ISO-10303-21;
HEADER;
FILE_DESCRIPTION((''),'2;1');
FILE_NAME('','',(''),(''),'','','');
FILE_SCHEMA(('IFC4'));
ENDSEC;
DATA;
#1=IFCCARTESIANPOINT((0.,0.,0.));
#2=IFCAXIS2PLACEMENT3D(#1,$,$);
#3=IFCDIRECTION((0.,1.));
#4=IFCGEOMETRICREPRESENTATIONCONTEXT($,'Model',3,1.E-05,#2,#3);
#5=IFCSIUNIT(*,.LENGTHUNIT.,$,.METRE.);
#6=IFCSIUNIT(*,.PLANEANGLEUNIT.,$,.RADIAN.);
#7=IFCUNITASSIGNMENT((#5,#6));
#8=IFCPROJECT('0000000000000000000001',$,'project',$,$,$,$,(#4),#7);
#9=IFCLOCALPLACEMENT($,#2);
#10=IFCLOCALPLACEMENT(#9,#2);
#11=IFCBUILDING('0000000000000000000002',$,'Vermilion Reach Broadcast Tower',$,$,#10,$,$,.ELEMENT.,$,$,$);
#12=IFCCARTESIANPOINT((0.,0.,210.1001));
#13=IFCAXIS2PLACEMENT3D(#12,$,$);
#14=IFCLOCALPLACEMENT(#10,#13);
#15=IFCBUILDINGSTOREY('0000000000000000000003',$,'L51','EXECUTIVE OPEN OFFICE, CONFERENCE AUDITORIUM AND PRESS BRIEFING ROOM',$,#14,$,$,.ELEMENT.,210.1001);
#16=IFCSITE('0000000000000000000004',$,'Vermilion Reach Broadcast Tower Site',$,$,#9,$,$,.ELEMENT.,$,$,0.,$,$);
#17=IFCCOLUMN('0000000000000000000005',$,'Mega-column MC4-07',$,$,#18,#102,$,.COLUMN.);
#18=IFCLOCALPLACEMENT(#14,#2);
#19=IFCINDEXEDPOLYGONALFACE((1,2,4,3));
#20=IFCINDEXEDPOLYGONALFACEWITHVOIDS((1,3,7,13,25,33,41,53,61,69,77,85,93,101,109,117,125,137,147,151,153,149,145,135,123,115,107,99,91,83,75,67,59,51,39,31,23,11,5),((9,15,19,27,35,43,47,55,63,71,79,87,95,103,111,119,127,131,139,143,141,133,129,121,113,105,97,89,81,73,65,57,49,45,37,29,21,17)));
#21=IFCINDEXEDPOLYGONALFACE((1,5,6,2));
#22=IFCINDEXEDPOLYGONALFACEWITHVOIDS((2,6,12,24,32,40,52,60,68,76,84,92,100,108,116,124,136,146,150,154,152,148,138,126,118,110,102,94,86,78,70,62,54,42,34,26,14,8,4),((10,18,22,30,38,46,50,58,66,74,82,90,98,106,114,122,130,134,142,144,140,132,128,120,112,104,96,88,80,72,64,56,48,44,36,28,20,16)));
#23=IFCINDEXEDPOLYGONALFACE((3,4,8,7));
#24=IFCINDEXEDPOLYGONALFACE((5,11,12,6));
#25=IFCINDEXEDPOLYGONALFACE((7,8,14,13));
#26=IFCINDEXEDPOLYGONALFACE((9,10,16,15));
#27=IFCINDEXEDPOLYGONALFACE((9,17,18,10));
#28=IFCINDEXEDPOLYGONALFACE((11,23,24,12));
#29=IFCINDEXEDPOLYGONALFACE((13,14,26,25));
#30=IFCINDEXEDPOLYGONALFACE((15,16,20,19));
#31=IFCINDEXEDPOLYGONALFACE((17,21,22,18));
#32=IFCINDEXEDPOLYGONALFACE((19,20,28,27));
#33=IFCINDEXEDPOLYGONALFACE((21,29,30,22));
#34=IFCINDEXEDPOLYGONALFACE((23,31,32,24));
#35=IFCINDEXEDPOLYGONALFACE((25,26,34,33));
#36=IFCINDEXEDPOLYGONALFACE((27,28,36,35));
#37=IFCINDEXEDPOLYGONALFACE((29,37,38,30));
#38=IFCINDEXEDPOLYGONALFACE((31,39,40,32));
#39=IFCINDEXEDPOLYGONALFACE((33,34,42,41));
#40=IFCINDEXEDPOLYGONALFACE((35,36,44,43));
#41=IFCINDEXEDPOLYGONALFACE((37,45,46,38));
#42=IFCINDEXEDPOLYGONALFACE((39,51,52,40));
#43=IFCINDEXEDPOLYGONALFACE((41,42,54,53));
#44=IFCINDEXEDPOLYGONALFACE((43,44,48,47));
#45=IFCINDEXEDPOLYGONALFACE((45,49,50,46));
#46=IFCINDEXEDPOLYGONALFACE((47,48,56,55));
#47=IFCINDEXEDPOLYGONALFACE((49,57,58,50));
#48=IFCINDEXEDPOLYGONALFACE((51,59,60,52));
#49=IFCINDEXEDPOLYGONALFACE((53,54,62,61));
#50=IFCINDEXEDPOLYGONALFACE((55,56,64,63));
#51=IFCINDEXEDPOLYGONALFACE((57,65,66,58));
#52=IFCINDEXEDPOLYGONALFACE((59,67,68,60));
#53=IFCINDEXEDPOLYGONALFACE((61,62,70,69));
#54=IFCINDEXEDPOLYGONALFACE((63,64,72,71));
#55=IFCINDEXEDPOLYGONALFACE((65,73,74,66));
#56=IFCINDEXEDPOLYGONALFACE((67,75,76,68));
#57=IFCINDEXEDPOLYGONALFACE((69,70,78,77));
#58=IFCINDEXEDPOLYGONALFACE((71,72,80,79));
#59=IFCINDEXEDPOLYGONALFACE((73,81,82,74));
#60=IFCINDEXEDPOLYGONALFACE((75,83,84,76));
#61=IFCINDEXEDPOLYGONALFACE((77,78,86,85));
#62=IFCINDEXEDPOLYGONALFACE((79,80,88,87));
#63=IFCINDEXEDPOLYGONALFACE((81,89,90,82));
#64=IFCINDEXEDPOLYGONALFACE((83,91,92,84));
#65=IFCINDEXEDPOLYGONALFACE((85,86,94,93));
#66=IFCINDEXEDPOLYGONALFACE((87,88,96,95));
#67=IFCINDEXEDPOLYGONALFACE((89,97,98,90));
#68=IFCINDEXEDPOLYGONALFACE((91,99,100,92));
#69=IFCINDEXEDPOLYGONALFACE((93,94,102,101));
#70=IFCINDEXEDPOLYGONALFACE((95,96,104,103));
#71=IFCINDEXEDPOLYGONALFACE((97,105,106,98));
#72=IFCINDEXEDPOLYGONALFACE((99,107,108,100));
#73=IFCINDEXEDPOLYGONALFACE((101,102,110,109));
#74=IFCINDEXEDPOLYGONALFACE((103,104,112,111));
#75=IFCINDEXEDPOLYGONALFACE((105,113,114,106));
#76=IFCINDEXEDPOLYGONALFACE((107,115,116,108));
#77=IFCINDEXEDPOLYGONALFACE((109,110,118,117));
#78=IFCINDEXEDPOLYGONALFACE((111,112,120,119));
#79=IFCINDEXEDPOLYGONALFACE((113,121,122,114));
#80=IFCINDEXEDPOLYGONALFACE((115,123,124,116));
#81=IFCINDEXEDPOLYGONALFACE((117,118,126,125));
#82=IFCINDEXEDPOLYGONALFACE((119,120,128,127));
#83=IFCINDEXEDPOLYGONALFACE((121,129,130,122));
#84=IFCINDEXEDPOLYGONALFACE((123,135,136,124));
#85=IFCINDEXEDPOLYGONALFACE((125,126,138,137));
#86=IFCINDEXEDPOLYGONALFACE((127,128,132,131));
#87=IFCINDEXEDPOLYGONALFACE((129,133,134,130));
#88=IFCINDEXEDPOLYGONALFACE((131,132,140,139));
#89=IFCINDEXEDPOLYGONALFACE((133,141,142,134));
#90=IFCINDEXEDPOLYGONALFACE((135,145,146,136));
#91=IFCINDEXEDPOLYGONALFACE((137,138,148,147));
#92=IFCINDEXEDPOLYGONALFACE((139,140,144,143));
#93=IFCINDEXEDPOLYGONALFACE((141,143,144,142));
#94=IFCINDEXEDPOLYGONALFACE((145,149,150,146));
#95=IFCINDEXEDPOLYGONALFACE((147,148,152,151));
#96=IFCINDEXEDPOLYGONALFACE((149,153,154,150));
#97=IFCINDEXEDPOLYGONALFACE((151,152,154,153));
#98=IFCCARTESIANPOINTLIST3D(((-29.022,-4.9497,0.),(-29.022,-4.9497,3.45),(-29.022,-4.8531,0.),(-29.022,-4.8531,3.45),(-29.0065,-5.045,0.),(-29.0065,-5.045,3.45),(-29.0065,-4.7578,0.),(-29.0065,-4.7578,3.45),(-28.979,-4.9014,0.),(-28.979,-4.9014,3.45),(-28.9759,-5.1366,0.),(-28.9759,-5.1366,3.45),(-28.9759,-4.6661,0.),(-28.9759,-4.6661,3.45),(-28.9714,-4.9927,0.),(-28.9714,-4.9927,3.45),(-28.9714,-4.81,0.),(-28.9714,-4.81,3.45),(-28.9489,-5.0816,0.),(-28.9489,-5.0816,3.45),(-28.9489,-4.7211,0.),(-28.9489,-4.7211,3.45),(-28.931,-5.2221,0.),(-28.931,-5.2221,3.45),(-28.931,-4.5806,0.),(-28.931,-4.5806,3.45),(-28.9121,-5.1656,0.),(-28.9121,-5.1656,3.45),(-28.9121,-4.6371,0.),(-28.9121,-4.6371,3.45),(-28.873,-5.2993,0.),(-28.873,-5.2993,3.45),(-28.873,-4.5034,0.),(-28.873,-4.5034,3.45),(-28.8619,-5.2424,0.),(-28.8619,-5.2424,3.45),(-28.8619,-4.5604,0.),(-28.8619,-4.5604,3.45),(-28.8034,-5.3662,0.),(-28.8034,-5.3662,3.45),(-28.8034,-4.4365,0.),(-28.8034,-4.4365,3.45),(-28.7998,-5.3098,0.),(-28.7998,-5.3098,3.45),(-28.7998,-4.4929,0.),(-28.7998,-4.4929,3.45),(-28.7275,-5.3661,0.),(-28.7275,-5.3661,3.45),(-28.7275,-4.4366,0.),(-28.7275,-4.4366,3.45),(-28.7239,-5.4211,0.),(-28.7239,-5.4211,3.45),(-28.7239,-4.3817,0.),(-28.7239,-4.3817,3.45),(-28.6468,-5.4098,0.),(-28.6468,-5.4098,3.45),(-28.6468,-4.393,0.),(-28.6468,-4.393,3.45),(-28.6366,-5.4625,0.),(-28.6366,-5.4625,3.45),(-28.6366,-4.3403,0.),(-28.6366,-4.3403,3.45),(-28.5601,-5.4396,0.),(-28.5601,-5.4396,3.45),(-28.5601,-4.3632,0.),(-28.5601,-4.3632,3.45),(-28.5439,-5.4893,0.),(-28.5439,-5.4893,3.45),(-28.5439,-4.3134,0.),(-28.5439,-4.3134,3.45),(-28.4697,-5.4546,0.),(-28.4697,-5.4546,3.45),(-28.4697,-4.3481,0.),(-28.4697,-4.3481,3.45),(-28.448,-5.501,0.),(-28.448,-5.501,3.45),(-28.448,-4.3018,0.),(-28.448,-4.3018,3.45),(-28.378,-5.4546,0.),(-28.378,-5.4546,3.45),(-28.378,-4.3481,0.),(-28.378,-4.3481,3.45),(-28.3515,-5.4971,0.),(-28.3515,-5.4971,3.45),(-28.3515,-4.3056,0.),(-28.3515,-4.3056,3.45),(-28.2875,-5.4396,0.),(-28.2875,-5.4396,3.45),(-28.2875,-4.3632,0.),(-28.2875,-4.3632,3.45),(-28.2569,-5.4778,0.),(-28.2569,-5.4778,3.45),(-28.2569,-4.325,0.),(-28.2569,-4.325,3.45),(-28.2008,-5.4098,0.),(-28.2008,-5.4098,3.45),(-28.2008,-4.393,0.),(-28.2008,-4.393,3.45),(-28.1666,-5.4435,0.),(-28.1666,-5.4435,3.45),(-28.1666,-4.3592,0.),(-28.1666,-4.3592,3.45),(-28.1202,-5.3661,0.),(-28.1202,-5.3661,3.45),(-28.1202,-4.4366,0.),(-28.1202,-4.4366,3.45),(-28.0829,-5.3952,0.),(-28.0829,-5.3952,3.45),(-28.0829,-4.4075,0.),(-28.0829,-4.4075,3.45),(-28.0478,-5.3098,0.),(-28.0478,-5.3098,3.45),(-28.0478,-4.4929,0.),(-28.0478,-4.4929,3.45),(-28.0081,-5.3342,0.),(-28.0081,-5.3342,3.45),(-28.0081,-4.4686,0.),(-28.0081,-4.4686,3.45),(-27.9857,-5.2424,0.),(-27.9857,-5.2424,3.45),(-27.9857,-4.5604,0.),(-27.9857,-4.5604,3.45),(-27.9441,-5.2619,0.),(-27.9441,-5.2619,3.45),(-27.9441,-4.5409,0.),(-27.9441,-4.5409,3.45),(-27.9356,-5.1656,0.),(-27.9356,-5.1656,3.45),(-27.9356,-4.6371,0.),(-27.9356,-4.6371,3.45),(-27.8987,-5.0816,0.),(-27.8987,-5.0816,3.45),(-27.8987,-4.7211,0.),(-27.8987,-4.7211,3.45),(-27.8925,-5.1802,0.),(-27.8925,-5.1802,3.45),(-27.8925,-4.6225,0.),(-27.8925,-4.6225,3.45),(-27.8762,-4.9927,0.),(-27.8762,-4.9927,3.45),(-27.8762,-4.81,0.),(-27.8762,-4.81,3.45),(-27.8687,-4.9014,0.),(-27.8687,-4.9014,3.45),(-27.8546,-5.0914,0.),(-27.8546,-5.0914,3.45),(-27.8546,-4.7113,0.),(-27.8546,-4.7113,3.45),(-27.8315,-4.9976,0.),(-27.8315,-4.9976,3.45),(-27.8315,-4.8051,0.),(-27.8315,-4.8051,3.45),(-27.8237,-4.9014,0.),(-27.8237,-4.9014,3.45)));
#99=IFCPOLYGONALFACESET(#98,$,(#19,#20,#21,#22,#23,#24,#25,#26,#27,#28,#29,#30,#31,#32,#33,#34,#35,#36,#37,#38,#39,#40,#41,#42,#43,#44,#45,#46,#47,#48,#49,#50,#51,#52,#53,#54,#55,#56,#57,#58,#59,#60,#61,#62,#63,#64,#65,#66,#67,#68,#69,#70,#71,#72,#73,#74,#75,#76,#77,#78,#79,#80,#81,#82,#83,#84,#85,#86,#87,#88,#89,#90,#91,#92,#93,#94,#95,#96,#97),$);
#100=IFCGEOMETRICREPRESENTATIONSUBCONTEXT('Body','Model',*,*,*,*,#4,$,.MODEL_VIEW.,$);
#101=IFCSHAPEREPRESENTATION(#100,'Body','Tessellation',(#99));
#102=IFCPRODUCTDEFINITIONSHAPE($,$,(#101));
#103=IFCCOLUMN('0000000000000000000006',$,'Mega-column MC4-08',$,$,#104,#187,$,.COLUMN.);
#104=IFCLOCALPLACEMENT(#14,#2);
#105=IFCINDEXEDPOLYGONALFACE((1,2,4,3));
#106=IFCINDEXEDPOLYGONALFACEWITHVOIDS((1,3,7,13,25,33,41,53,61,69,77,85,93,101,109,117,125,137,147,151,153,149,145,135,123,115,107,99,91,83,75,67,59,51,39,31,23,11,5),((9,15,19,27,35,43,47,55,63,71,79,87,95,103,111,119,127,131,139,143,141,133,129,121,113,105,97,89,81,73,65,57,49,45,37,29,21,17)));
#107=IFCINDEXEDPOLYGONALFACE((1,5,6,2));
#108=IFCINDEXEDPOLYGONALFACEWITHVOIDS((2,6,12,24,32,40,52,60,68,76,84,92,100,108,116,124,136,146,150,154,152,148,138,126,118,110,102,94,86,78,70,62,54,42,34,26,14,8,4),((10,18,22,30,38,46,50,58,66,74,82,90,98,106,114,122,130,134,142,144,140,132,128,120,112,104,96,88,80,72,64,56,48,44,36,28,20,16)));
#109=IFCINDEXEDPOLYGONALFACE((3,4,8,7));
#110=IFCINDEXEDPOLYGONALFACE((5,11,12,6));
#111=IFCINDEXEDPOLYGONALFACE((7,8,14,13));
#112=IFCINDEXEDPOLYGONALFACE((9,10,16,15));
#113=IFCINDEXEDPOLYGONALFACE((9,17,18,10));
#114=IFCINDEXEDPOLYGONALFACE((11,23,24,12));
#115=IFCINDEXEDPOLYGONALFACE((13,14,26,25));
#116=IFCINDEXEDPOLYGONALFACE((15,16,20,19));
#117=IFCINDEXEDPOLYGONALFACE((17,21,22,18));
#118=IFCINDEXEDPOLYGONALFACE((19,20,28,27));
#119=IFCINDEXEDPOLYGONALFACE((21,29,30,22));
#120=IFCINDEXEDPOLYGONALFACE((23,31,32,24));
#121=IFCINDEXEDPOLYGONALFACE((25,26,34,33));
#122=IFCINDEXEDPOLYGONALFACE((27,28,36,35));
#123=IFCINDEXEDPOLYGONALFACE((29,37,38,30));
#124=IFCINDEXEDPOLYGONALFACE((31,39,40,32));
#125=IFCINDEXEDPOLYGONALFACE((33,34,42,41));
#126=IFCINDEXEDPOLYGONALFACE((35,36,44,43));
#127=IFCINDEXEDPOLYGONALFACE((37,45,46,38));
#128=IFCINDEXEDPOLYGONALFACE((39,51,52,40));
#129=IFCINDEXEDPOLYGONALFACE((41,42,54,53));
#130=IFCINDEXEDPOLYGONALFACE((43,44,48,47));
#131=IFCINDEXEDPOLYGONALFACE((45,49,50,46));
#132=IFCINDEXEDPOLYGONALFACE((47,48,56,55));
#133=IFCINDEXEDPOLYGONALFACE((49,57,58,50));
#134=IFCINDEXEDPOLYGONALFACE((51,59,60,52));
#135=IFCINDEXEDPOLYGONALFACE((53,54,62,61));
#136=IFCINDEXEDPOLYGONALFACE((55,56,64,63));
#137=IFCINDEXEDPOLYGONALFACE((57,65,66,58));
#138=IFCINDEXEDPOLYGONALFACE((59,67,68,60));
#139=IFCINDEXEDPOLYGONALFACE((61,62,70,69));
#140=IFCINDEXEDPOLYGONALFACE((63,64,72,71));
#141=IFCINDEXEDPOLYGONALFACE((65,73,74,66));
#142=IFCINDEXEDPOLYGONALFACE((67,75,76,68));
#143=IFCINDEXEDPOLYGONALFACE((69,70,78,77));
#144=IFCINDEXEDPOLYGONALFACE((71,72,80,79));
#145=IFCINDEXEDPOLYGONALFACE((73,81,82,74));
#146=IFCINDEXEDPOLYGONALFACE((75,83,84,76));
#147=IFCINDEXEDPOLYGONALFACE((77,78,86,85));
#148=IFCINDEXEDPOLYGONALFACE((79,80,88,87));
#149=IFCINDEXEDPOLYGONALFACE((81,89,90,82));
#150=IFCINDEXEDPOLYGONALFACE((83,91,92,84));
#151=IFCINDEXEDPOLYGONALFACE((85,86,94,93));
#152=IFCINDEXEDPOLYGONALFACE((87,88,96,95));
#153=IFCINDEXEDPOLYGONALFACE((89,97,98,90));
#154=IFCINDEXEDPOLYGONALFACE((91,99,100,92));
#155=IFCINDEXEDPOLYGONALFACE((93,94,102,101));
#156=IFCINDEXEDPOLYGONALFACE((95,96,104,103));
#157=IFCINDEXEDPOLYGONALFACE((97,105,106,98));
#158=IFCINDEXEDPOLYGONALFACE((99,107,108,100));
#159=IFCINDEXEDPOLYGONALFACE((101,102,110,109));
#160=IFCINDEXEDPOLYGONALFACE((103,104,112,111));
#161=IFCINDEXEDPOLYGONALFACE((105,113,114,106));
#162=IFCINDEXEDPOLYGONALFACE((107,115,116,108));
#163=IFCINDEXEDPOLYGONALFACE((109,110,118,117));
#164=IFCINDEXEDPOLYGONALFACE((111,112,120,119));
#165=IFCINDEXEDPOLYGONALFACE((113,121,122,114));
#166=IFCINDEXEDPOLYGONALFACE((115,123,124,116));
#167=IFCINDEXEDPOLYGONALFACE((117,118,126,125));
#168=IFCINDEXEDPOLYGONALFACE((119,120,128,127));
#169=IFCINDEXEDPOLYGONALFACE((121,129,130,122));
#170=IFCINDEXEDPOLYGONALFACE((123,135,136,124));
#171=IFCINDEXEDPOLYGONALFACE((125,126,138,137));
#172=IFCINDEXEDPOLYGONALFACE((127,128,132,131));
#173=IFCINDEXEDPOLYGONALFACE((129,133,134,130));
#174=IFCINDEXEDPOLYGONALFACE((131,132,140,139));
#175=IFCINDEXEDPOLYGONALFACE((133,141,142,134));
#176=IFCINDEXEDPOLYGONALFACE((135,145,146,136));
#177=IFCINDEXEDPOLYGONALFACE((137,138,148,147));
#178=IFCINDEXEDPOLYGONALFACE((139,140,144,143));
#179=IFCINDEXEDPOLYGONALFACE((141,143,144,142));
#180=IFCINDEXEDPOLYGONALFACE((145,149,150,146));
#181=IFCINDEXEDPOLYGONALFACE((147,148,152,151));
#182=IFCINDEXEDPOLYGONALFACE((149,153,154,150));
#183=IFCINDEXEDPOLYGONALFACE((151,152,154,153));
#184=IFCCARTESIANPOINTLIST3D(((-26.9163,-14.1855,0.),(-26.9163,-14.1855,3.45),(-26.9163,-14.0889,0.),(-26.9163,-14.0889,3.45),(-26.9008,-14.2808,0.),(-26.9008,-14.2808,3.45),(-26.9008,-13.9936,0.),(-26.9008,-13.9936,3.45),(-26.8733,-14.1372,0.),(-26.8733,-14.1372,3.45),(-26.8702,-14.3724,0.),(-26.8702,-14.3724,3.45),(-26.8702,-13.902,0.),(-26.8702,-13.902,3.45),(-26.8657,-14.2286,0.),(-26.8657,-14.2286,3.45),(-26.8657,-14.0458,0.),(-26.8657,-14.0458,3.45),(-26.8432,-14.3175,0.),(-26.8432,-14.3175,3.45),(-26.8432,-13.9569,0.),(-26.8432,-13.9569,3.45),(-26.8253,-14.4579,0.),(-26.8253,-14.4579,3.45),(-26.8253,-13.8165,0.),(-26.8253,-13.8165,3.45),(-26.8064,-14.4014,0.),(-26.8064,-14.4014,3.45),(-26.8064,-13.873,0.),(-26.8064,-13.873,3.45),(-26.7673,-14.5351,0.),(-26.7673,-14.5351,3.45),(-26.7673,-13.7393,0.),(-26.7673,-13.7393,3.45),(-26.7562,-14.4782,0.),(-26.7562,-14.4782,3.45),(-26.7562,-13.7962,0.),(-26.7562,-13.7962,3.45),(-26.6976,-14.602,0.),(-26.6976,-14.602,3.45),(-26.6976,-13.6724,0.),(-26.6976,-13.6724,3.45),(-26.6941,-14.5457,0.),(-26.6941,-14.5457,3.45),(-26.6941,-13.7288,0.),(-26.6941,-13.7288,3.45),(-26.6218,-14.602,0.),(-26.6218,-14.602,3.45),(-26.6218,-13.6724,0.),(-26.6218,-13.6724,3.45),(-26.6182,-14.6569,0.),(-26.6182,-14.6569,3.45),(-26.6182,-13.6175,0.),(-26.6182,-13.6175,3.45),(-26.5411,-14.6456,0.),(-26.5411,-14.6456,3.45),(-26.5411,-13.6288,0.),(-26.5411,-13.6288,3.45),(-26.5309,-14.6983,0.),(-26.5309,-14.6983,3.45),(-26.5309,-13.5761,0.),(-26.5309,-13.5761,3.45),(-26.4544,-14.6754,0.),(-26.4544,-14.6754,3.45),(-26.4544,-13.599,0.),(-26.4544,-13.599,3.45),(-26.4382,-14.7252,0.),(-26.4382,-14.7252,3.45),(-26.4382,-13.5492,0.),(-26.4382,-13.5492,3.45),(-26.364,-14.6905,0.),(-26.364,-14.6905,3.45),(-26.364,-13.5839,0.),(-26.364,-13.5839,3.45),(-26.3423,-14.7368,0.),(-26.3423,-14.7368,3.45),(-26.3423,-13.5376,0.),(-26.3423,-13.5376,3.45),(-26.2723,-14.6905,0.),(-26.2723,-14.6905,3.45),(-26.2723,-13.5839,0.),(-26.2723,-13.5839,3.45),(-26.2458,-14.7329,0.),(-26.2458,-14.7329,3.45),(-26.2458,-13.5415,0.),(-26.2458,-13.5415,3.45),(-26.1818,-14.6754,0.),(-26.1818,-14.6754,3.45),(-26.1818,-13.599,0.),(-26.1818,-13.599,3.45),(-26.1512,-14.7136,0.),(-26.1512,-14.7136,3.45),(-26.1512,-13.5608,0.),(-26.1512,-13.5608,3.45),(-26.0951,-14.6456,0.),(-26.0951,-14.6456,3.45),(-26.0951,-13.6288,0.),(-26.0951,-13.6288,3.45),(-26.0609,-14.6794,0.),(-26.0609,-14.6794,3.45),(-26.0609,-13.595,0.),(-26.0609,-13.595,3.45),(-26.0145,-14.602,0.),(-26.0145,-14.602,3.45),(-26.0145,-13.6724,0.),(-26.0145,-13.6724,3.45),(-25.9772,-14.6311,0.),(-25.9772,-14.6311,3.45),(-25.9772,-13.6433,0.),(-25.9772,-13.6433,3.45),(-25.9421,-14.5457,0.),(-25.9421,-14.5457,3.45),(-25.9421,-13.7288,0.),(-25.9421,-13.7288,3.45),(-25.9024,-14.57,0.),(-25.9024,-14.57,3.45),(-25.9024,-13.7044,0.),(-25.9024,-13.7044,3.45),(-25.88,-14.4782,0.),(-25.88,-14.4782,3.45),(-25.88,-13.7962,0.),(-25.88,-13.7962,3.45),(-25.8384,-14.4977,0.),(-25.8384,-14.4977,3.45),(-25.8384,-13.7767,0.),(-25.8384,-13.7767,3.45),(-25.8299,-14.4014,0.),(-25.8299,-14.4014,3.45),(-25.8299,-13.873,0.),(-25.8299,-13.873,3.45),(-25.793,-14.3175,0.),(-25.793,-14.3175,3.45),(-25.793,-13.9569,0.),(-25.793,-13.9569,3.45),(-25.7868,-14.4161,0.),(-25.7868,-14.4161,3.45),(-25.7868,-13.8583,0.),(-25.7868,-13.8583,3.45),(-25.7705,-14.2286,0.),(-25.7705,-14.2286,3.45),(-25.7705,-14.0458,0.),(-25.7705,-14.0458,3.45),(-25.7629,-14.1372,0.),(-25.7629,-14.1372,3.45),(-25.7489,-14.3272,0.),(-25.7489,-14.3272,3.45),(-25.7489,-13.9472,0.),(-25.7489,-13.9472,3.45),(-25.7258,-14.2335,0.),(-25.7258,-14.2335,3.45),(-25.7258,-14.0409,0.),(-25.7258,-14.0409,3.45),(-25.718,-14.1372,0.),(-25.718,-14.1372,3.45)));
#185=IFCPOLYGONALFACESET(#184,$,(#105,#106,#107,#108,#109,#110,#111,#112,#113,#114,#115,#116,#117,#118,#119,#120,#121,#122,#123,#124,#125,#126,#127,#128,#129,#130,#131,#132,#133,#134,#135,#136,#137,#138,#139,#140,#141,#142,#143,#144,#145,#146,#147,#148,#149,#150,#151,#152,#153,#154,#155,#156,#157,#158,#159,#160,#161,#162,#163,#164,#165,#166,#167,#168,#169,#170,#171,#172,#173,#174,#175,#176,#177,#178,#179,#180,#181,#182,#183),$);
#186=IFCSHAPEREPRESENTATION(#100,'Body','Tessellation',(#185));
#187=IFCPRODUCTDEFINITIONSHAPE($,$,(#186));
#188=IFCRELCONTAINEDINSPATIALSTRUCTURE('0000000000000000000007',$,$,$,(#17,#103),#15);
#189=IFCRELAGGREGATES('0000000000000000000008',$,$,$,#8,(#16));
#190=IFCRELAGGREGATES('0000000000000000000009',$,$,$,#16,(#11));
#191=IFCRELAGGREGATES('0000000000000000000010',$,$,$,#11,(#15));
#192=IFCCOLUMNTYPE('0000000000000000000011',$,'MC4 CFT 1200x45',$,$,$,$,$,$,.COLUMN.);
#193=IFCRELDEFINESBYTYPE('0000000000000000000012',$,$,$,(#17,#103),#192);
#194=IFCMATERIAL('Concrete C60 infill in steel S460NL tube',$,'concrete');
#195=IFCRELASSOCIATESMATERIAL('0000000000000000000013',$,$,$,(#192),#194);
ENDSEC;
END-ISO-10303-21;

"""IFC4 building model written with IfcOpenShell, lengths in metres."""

from ifc_helpers import new_model, si_unit, direction, frame, origin, origin_2d, place, context, subcontext, project, spatial, hollow_circle, extrude, material, material_profile, profile_set, type_object, element, save


model = new_model("IFC4")

# Units and contexts
model_context = context("Model", 3, precision=1e-05, world=origin(), true_north=direction((0.0, 1.0)))
body_context = subcontext(model_context, "Body", "Model", "MODEL_VIEW")
ifc_project = project(units=[si_unit("LENGTHUNIT", "METRE"), si_unit("PLANEANGLEUNIT", "RADIAN")], contexts=[model_context])

# Site, building, storey
site_placement = place(None, origin())
site = spatial("IfcSite", under=ifc_project, at=site_placement, Name="Vermilion Reach Broadcast Tower Site", CompositionType="ELEMENT", RefElevation=0.0)
building_placement = place(site_placement, origin())
building = spatial("IfcBuilding", under=site, at=building_placement, Name="Vermilion Reach Broadcast Tower", CompositionType="ELEMENT")
storey_placement = place(building_placement, frame((0.0, 0.0, 210.1001)))
storey = spatial("IfcBuildingStorey", under=building, at=storey_placement, Name="L51", Description="EXECUTIVE OPEN OFFICE, CONFERENCE AUDITORIUM AND PRESS BRIEFING ROOM", CompositionType="ELEMENT", Elevation=210.1001)

# Columns
ifc_material_1 = material(Name="Concrete C60 infill in steel S460NL tube", Category="concrete")
ifc_material_profile_1 = material_profile(ifc_material_1, hollow_circle(Radius=0.6001, WallThickness=0.0449, at=origin_2d()), Name="Concrete C60 infill in steel S460NL tube CFT 1200x45")
ifc_profile_set_1 = profile_set([ifc_material_profile_1], Name="Concrete C60 infill in steel S460NL tube")
column_type = type_object("IfcColumnType", Name="MC4 CFT 1200x45", PredefinedType="COLUMN", material=ifc_profile_set_1)
for number, where, z_axis, x_axis, name in (
    (1, (-28.4238, -4.9014, 0.0), (0.0, 0.0, 1.0), (1.0, 0.0, 0.0), "Mega-column MC4-07"),
    (2, (-26.3181, -14.1372, 0.0), (0.0, 0.0, 1.0), (1.0, 0.0, 0.0), "Mega-column MC4-08"),
):
    element("IfcColumn", number, at=place(storey_placement, frame(where, z_axis=z_axis, x_axis=x_axis)), inside=storey, type_object=column_type, Name=name, PredefinedType="COLUMN", context=body_context, shape_type="SweptSolid", body=[
        extrude(hollow_circle(Radius=0.6001, WallThickness=0.0449, at=origin_2d()), origin(), (0.0, 0.0, 1.0), 3.45),
    ])

save(model, "model.ifc")
